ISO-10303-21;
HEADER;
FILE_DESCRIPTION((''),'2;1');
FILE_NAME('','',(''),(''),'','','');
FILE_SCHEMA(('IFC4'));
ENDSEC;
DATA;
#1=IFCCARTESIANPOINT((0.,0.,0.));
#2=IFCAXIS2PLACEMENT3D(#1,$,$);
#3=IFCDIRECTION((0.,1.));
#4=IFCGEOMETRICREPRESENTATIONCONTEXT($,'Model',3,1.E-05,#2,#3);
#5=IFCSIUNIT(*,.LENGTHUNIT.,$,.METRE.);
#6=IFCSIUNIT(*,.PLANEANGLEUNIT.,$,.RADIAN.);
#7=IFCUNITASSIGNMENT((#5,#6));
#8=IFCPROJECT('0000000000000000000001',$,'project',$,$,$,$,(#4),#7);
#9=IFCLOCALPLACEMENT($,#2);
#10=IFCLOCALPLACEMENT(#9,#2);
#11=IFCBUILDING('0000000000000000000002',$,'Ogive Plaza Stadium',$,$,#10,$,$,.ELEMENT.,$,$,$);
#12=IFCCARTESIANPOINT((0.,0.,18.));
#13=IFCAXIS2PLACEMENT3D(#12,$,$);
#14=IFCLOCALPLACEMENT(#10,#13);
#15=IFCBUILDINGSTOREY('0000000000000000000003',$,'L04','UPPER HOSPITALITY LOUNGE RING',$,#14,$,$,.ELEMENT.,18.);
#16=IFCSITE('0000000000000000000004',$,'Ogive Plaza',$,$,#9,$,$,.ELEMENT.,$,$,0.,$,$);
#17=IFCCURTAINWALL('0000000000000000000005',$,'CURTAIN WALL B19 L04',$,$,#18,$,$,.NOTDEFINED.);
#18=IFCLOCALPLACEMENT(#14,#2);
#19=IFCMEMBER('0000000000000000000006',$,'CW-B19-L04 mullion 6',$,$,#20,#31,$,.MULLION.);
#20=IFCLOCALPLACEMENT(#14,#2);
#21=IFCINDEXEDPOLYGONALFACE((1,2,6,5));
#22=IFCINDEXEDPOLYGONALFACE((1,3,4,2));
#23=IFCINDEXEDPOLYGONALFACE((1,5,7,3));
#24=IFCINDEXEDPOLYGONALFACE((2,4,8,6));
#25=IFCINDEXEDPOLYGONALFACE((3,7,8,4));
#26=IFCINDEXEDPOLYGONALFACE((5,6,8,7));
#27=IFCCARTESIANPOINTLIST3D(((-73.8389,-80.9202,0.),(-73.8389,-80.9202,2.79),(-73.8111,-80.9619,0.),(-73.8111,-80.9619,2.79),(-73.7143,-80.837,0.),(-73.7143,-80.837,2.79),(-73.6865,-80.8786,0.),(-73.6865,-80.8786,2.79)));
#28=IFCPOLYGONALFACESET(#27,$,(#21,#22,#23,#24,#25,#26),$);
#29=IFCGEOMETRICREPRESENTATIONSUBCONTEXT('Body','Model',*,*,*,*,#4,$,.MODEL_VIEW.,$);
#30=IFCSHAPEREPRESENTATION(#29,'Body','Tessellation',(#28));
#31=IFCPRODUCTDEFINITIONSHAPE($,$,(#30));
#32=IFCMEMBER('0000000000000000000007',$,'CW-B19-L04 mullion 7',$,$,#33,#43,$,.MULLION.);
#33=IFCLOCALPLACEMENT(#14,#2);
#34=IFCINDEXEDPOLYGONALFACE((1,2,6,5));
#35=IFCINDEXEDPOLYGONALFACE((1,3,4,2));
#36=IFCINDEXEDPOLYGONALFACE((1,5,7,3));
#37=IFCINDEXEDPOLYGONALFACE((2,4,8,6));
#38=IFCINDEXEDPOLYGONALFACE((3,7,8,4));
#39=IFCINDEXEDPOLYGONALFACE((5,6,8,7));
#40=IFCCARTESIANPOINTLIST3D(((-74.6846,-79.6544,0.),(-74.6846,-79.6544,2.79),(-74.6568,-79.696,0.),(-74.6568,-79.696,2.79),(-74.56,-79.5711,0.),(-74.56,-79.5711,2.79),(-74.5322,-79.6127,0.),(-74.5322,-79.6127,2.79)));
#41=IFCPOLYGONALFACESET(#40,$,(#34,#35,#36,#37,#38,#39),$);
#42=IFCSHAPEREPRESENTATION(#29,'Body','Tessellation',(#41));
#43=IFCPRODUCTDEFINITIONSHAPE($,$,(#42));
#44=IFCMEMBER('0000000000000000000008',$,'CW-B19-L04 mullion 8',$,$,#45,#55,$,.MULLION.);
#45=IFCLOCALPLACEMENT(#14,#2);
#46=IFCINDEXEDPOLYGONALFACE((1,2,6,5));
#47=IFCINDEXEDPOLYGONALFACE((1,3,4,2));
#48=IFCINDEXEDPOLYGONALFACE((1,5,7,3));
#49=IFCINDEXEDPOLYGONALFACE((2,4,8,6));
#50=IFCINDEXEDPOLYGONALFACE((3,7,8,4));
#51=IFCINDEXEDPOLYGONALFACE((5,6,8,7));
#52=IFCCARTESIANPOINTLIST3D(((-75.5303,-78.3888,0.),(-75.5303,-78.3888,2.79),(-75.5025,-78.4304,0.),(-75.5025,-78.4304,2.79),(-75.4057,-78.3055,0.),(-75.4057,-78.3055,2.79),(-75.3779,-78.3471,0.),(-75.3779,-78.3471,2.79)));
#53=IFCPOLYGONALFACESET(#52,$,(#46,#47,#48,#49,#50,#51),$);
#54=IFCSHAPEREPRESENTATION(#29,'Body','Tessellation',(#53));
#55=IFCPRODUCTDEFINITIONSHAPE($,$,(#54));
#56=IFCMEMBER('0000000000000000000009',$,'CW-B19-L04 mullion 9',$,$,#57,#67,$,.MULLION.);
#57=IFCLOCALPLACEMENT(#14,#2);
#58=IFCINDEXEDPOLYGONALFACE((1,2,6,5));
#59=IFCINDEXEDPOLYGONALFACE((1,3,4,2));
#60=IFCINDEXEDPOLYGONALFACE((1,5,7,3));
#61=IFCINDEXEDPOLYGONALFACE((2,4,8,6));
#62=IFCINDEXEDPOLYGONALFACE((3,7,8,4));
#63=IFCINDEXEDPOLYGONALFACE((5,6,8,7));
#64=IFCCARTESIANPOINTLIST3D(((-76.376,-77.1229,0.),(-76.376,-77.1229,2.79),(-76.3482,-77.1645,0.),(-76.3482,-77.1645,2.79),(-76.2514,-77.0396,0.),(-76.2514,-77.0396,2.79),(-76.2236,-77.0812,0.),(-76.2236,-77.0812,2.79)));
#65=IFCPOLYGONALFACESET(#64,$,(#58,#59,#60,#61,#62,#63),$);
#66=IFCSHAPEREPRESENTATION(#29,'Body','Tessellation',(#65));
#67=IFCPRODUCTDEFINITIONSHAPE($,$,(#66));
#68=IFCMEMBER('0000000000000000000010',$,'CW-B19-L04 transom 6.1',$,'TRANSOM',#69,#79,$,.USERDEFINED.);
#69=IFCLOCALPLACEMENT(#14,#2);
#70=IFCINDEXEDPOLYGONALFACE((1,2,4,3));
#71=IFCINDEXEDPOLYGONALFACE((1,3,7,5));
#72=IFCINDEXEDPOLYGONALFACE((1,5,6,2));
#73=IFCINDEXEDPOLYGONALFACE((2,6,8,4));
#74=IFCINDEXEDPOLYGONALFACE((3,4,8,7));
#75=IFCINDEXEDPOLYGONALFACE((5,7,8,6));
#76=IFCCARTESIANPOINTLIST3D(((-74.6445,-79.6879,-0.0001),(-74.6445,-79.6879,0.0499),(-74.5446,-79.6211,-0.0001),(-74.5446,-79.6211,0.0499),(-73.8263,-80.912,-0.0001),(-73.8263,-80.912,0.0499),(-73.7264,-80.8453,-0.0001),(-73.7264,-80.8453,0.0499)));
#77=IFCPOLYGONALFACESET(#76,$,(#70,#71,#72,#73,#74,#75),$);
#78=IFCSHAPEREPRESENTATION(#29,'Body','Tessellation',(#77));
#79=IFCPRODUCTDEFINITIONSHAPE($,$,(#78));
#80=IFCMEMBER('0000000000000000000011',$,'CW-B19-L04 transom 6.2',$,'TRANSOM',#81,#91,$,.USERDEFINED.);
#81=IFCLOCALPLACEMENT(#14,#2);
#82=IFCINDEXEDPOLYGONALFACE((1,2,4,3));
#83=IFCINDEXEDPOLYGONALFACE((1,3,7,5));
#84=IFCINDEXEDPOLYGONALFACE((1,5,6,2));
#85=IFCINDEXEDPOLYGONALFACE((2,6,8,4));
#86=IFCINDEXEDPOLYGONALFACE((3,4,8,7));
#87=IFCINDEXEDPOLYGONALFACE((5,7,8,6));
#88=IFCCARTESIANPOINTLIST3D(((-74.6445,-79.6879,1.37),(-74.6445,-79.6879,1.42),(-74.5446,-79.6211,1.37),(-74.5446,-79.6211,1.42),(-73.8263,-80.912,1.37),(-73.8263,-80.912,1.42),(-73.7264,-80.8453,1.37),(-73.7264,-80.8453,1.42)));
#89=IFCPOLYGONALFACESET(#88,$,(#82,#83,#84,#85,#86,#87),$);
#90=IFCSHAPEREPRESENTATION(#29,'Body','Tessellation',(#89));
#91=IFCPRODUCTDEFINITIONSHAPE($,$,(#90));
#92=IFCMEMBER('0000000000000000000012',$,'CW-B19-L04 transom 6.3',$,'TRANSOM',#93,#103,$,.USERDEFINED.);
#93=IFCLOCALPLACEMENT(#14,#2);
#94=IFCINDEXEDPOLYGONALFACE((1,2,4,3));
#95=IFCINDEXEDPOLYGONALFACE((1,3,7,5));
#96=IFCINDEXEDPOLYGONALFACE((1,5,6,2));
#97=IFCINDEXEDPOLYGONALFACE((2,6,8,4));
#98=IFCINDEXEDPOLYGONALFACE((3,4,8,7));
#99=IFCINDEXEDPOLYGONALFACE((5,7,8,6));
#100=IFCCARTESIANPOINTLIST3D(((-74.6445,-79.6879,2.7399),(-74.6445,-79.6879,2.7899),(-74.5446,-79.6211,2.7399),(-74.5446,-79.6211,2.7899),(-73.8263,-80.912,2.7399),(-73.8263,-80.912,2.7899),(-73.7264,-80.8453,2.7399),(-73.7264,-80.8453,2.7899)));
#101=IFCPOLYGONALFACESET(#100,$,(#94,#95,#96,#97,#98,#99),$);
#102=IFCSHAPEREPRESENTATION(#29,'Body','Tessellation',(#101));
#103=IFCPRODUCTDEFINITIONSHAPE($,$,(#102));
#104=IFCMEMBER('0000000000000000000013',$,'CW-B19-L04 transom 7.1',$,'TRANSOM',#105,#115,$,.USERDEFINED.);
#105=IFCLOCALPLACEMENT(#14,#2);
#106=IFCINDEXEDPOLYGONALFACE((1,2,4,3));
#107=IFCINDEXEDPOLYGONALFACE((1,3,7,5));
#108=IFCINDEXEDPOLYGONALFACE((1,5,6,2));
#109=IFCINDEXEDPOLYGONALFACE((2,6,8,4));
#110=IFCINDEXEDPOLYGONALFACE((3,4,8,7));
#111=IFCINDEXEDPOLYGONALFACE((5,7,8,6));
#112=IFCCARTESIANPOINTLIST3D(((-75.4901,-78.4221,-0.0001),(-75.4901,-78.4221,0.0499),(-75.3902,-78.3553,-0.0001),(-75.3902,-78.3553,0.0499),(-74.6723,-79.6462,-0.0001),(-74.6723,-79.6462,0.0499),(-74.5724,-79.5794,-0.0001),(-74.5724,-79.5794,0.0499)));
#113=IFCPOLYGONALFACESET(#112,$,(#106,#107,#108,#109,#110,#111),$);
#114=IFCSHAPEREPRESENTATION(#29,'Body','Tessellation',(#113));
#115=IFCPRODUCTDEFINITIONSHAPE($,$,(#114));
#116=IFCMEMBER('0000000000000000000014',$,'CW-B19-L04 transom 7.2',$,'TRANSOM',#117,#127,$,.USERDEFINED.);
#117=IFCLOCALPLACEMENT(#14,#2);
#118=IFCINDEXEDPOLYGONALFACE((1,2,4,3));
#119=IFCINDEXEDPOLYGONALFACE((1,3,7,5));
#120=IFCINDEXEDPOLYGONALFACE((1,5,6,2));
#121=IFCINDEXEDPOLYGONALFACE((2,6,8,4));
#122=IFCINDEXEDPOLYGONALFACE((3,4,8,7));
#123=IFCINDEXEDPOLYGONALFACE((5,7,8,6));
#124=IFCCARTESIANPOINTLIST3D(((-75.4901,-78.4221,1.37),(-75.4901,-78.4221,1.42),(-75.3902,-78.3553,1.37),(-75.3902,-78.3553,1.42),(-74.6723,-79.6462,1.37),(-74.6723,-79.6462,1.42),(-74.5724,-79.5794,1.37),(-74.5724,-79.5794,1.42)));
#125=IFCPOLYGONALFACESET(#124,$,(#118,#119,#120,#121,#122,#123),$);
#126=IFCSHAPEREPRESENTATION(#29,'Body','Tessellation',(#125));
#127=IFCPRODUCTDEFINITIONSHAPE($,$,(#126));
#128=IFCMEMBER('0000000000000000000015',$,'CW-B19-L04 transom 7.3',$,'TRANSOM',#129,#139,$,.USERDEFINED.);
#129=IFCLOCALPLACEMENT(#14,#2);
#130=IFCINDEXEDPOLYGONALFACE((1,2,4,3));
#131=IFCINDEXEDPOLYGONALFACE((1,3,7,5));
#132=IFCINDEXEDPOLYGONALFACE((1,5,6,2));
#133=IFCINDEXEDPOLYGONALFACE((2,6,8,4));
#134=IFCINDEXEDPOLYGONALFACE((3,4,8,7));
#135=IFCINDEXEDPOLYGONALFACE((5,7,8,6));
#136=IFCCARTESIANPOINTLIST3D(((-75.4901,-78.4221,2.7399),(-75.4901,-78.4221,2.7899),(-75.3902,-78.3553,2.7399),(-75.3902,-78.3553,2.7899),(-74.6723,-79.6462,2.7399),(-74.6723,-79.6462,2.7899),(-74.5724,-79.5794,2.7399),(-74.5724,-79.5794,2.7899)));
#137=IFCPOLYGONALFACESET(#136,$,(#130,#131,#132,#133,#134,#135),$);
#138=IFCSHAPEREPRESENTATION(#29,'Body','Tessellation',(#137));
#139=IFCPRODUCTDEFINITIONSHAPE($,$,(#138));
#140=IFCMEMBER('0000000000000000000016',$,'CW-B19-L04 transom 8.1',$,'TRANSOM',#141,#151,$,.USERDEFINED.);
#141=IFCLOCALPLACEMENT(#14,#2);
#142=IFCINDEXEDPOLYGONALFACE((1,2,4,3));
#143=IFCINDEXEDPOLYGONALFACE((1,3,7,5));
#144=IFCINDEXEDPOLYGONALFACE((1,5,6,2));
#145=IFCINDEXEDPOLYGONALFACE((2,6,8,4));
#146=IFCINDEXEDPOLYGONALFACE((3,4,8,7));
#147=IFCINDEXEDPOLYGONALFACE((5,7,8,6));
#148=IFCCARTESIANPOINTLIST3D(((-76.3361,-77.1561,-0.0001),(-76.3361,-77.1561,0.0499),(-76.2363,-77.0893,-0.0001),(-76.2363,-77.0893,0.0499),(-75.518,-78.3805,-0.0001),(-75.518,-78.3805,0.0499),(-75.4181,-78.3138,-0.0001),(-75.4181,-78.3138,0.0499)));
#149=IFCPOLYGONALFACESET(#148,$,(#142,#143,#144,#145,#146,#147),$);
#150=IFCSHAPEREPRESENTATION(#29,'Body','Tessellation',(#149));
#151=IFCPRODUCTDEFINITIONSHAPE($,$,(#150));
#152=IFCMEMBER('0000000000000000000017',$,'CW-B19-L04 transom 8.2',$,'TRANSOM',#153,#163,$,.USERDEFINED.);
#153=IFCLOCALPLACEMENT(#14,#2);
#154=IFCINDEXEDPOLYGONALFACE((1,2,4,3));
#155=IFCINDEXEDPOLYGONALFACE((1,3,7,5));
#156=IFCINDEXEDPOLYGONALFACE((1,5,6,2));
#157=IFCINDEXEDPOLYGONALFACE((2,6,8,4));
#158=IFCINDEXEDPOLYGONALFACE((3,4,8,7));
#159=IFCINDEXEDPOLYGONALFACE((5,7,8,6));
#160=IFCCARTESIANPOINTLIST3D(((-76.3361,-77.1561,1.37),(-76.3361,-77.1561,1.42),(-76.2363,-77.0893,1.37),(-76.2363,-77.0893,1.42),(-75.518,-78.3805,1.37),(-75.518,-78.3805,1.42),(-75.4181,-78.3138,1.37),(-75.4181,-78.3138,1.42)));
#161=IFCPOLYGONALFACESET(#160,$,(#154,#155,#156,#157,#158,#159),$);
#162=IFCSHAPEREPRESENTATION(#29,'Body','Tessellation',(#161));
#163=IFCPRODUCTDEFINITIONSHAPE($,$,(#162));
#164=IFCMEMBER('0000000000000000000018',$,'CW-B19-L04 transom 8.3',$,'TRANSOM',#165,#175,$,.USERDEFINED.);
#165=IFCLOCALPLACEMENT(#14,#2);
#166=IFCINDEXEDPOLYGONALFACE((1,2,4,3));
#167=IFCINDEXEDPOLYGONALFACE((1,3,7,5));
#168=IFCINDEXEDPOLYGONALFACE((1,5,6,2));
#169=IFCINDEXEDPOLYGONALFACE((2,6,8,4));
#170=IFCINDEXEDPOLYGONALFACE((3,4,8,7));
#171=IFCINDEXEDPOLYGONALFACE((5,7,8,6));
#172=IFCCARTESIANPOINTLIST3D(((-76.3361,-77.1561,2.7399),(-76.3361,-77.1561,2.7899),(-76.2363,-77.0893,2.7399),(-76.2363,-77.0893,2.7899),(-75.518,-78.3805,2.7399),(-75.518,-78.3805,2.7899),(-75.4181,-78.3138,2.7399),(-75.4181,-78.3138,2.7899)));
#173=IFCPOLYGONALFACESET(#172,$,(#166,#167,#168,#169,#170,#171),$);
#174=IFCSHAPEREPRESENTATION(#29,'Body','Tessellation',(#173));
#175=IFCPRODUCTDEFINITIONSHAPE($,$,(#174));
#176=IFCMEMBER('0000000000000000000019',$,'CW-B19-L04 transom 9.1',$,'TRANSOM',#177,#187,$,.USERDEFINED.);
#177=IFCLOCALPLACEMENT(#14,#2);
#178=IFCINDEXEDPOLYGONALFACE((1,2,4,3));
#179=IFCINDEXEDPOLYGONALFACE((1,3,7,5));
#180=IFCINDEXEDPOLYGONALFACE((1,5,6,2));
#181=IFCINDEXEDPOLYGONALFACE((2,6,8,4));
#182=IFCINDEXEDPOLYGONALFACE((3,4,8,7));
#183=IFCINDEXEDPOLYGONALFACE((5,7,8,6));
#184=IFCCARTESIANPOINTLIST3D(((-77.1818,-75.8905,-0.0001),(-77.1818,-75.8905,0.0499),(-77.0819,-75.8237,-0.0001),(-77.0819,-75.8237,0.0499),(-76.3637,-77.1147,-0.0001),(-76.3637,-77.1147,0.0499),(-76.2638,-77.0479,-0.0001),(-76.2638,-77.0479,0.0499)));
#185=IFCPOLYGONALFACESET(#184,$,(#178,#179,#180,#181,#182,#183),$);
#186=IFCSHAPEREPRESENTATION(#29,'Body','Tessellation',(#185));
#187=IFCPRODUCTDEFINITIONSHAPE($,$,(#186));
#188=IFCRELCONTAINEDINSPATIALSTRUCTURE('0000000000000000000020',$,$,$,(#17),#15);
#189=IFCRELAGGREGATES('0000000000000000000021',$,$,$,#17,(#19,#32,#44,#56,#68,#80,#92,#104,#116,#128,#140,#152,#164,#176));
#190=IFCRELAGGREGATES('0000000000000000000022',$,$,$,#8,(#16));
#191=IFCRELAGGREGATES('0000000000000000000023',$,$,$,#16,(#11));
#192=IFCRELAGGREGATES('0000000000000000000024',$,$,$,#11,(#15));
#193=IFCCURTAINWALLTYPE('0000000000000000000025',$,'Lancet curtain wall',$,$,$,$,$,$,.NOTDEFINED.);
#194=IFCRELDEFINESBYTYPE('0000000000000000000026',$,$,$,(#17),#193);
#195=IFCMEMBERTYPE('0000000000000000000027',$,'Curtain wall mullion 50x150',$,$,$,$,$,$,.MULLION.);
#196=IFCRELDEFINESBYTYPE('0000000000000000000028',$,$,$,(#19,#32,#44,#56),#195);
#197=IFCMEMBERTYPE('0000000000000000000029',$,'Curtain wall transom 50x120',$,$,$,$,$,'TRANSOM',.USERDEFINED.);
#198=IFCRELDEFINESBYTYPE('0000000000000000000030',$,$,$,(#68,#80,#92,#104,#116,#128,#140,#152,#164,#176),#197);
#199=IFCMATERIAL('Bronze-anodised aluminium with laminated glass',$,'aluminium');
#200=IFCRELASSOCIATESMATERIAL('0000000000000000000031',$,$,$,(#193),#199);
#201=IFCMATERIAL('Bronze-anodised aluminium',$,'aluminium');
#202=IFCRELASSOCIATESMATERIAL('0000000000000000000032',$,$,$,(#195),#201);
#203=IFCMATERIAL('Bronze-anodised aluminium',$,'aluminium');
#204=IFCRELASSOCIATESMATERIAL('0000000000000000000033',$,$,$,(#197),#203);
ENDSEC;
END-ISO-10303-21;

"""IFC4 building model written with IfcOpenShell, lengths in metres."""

from ifc_helpers import new_model, si_unit, direction, frame, origin, origin_2d, place, context, subcontext, project, spatial, rectangle, extrude, material, material_profile, profile_set, type_object, element, aggregate, save


model = new_model("IFC4")

# Units and contexts
model_context = context("Model", 3, precision=1e-05, world=origin(), true_north=direction((0.0, 1.0)))
body_context = subcontext(model_context, "Body", "Model", "MODEL_VIEW")
ifc_project = project(units=[si_unit("LENGTHUNIT", "METRE"), si_unit("PLANEANGLEUNIT", "RADIAN")], contexts=[model_context])

# Site, building, storey
site_placement = place(None, origin())
site = spatial("IfcSite", under=ifc_project, at=site_placement, Name="Ogive Plaza", CompositionType="ELEMENT", RefElevation=0.0)
building_placement = place(site_placement, origin())
building = spatial("IfcBuilding", under=site, at=building_placement, Name="Ogive Plaza Stadium", CompositionType="ELEMENT")
storey_placement = place(building_placement, frame((0.0, 0.0, 18.0)))
storey = spatial("IfcBuildingStorey", under=building, at=storey_placement, Name="L04", Description="UPPER HOSPITALITY LOUNGE RING", CompositionType="ELEMENT", Elevation=18.0)

# Curtain wall, members
ifc_material_1 = material(Name="Bronze-anodised aluminium with laminated glass", Category="aluminium")
curtain_wall_type = type_object("IfcCurtainWallType", Name="Lancet curtain wall", PredefinedType="NOTDEFINED", material=ifc_material_1)
curtain_wall_placement = place(storey_placement, origin())
curtain_wall = element("IfcCurtainWall", 1, at=curtain_wall_placement, inside=storey, type_object=curtain_wall_type, Name="CURTAIN WALL B19 L04", PredefinedType="NOTDEFINED")
ifc_material_2 = material(Name="Bronze-anodised aluminium", Category="aluminium")
ifc_material_profile_1 = material_profile(ifc_material_2, rectangle(XDim=0.1499, YDim=0.05, at=origin_2d()), Name="AL 150x50")
ifc_profile_set_1 = profile_set([ifc_material_profile_1], Name="Bronze-anodised aluminium")
member_type_1 = type_object("IfcMemberType", Name="Curtain wall mullion 50x150", PredefinedType="MULLION", material=ifc_profile_set_1)
member_1_placement = place(storey_placement, frame((-73.7627, -80.8994, 0.0), z_axis=(0.0, 0.0, 1.0), x_axis=(-0.83147, -0.55557, 0.0)))
member_1 = element("IfcMember", 2, at=member_1_placement, type_object=member_type_1, Name="CW-B19-L04 mullion 6", PredefinedType="MULLION", context=body_context, shape_type="SweptSolid", body=[
    extrude(rectangle(XDim=0.1499, YDim=0.05, at=origin_2d()), origin(), (0.0, 0.0, 1.0), 2.79),
])
member_2_placement = place(storey_placement, frame((-74.6084, -79.6335, 0.0), z_axis=(0.0, 0.0, 1.0), x_axis=(-0.83147, -0.55557, 0.0)))
member_2 = element("IfcMember", 3, at=member_2_placement, type_object=member_type_1, Name="CW-B19-L04 mullion 7", PredefinedType="MULLION", context=body_context, shape_type="SweptSolid", body=[
    extrude(rectangle(XDim=0.1499, YDim=0.05, at=origin_2d()), origin(), (0.0, 0.0, 1.0), 2.79),
])
member_3_placement = place(storey_placement, frame((-75.4541, -78.3679, 0.0), z_axis=(0.0, 0.0, 1.0), x_axis=(-0.83147, -0.55557, 0.0)))
member_3 = element("IfcMember", 4, at=member_3_placement, type_object=member_type_1, Name="CW-B19-L04 mullion 8", PredefinedType="MULLION", context=body_context, shape_type="SweptSolid", body=[
    extrude(rectangle(XDim=0.1499, YDim=0.05, at=origin_2d()), origin(), (0.0, 0.0, 1.0), 2.79),
])
member_4_placement = place(storey_placement, frame((-76.2998, -77.1021, 0.0), z_axis=(0.0, 0.0, 1.0), x_axis=(-0.83147, -0.55557, 0.0)))
member_4 = element("IfcMember", 5, at=member_4_placement, type_object=member_type_1, Name="CW-B19-L04 mullion 9", PredefinedType="MULLION", context=body_context, shape_type="SweptSolid", body=[
    extrude(rectangle(XDim=0.1499, YDim=0.05, at=origin_2d()), origin(), (0.0, 0.0, 1.0), 2.79),
])
ifc_material_3 = material(Name="Bronze-anodised aluminium", Category="aluminium")
ifc_material_profile_2 = material_profile(ifc_material_3, rectangle(XDim=0.1201, YDim=0.05, at=origin_2d()), Name="AL 120x50")
ifc_profile_set_2 = profile_set([ifc_material_profile_2], Name="Bronze-anodised aluminium")
member_type_2 = type_object("IfcMemberType", Name="Curtain wall transom 50x120", ElementType="TRANSOM", PredefinedType="USERDEFINED", material=ifc_profile_set_2)
member_5_placement = place(storey_placement, frame((-73.7764, -80.8787, 0.0249), z_axis=(-0.555656, 0.831412, 0.0), x_axis=(-0.831412, -0.555656, 0.0)))
member_5 = element("IfcMember", 6, at=member_5_placement, type_object=member_type_2, Name="CW-B19-L04 transom 6.1", ObjectType="TRANSOM", PredefinedType="USERDEFINED", context=body_context, shape_type="SweptSolid", body=[
    extrude(rectangle(XDim=0.1201, YDim=0.05, at=origin_2d()), origin(), (0.0, 0.0, 1.0), 1.4724),
])
member_6_placement = place(storey_placement, frame((-73.7764, -80.8787, 1.395), z_axis=(-0.555656, 0.831412, 0.0), x_axis=(-0.831412, -0.555656, 0.0)))
member_6 = element("IfcMember", 7, at=member_6_placement, type_object=member_type_2, Name="CW-B19-L04 transom 6.2", ObjectType="TRANSOM", PredefinedType="USERDEFINED", context=body_context, shape_type="SweptSolid", body=[
    extrude(rectangle(XDim=0.1201, YDim=0.05, at=origin_2d()), origin(), (0.0, 0.0, 1.0), 1.4724),
])
member_7_placement = place(storey_placement, frame((-73.7764, -80.8787, 2.7649), z_axis=(-0.555656, 0.831412, 0.0), x_axis=(-0.831412, -0.555656, 0.0)))
member_7 = element("IfcMember", 8, at=member_7_placement, type_object=member_type_2, Name="CW-B19-L04 transom 6.3", ObjectType="TRANSOM", PredefinedType="USERDEFINED", context=body_context, shape_type="SweptSolid", body=[
    extrude(rectangle(XDim=0.1201, YDim=0.05, at=origin_2d()), origin(), (0.0, 0.0, 1.0), 1.4724),
])
member_8_placement = place(storey_placement, frame((-74.6223, -79.6128, 0.0249), z_axis=(-0.555542, 0.831489, 0.0), x_axis=(-0.831489, -0.555542, 0.0)))
member_8 = element("IfcMember", 9, at=member_8_placement, type_object=member_type_2, Name="CW-B19-L04 transom 7.1", ObjectType="TRANSOM", PredefinedType="USERDEFINED", context=body_context, shape_type="SweptSolid", body=[
    extrude(rectangle(XDim=0.1201, YDim=0.05, at=origin_2d()), origin(), (0.0, 0.0, 1.0), 1.4722),
])
member_9_placement = place(storey_placement, frame((-74.6223, -79.6128, 1.395), z_axis=(-0.555542, 0.831489, 0.0), x_axis=(-0.831489, -0.555542, 0.0)))
member_9 = element("IfcMember", 10, at=member_9_placement, type_object=member_type_2, Name="CW-B19-L04 transom 7.2", ObjectType="TRANSOM", PredefinedType="USERDEFINED", context=body_context, shape_type="SweptSolid", body=[
    extrude(rectangle(XDim=0.1201, YDim=0.05, at=origin_2d()), origin(), (0.0, 0.0, 1.0), 1.4722),
])
member_10_placement = place(storey_placement, frame((-74.6223, -79.6128, 2.7649), z_axis=(-0.555542, 0.831489, 0.0), x_axis=(-0.831489, -0.555542, 0.0)))
member_10 = element("IfcMember", 11, at=member_10_placement, type_object=member_type_2, Name="CW-B19-L04 transom 7.3", ObjectType="TRANSOM", PredefinedType="USERDEFINED", context=body_context, shape_type="SweptSolid", body=[
    extrude(rectangle(XDim=0.1201, YDim=0.05, at=origin_2d()), origin(), (0.0, 0.0, 1.0), 1.4722),
])
member_11_placement = place(storey_placement, frame((-75.468, -78.3472, 0.0249), z_axis=(-0.55558, 0.831463, 0.0), x_axis=(-0.831463, -0.55558, 0.0)))
member_11 = element("IfcMember", 12, at=member_11_placement, type_object=member_type_2, Name="CW-B19-L04 transom 8.1", ObjectType="TRANSOM", PredefinedType="USERDEFINED", context=body_context, shape_type="SweptSolid", body=[
    extrude(rectangle(XDim=0.1201, YDim=0.05, at=origin_2d()), origin(), (0.0, 0.0, 1.0), 1.4727),
])
member_12_placement = place(storey_placement, frame((-75.468, -78.3472, 1.395), z_axis=(-0.55558, 0.831463, 0.0), x_axis=(-0.831463, -0.55558, 0.0)))
member_12 = element("IfcMember", 13, at=member_12_placement, type_object=member_type_2, Name="CW-B19-L04 transom 8.2", ObjectType="TRANSOM", PredefinedType="USERDEFINED", context=body_context, shape_type="SweptSolid", body=[
    extrude(rectangle(XDim=0.1201, YDim=0.05, at=origin_2d()), origin(), (0.0, 0.0, 1.0), 1.4727),
])
member_13_placement = place(storey_placement, frame((-75.468, -78.3472, 2.7649), z_axis=(-0.55558, 0.831463, 0.0), x_axis=(-0.831463, -0.55558, 0.0)))
member_13 = element("IfcMember", 14, at=member_13_placement, type_object=member_type_2, Name="CW-B19-L04 transom 8.3", ObjectType="TRANSOM", PredefinedType="USERDEFINED", context=body_context, shape_type="SweptSolid", body=[
    extrude(rectangle(XDim=0.1201, YDim=0.05, at=origin_2d()), origin(), (0.0, 0.0, 1.0), 1.4727),
])
member_14_placement = place(storey_placement, frame((-76.3137, -77.0813, 0.0249), z_axis=(-0.555656, 0.831412, 0.0), x_axis=(-0.831412, -0.555656, 0.0)))
member_14 = element("IfcMember", 15, at=member_14_placement, type_object=member_type_2, Name="CW-B19-L04 transom 9.1", ObjectType="TRANSOM", PredefinedType="USERDEFINED", context=body_context, shape_type="SweptSolid", body=[
    extrude(rectangle(XDim=0.1201, YDim=0.05, at=origin_2d()), origin(), (0.0, 0.0, 1.0), 1.4724),
])
aggregate(curtain_wall, [member_1, member_2, member_3, member_4, member_5, member_6, member_7, member_8, member_9, member_10, member_11, member_12, member_13, member_14])

save(model, "model.ifc")
